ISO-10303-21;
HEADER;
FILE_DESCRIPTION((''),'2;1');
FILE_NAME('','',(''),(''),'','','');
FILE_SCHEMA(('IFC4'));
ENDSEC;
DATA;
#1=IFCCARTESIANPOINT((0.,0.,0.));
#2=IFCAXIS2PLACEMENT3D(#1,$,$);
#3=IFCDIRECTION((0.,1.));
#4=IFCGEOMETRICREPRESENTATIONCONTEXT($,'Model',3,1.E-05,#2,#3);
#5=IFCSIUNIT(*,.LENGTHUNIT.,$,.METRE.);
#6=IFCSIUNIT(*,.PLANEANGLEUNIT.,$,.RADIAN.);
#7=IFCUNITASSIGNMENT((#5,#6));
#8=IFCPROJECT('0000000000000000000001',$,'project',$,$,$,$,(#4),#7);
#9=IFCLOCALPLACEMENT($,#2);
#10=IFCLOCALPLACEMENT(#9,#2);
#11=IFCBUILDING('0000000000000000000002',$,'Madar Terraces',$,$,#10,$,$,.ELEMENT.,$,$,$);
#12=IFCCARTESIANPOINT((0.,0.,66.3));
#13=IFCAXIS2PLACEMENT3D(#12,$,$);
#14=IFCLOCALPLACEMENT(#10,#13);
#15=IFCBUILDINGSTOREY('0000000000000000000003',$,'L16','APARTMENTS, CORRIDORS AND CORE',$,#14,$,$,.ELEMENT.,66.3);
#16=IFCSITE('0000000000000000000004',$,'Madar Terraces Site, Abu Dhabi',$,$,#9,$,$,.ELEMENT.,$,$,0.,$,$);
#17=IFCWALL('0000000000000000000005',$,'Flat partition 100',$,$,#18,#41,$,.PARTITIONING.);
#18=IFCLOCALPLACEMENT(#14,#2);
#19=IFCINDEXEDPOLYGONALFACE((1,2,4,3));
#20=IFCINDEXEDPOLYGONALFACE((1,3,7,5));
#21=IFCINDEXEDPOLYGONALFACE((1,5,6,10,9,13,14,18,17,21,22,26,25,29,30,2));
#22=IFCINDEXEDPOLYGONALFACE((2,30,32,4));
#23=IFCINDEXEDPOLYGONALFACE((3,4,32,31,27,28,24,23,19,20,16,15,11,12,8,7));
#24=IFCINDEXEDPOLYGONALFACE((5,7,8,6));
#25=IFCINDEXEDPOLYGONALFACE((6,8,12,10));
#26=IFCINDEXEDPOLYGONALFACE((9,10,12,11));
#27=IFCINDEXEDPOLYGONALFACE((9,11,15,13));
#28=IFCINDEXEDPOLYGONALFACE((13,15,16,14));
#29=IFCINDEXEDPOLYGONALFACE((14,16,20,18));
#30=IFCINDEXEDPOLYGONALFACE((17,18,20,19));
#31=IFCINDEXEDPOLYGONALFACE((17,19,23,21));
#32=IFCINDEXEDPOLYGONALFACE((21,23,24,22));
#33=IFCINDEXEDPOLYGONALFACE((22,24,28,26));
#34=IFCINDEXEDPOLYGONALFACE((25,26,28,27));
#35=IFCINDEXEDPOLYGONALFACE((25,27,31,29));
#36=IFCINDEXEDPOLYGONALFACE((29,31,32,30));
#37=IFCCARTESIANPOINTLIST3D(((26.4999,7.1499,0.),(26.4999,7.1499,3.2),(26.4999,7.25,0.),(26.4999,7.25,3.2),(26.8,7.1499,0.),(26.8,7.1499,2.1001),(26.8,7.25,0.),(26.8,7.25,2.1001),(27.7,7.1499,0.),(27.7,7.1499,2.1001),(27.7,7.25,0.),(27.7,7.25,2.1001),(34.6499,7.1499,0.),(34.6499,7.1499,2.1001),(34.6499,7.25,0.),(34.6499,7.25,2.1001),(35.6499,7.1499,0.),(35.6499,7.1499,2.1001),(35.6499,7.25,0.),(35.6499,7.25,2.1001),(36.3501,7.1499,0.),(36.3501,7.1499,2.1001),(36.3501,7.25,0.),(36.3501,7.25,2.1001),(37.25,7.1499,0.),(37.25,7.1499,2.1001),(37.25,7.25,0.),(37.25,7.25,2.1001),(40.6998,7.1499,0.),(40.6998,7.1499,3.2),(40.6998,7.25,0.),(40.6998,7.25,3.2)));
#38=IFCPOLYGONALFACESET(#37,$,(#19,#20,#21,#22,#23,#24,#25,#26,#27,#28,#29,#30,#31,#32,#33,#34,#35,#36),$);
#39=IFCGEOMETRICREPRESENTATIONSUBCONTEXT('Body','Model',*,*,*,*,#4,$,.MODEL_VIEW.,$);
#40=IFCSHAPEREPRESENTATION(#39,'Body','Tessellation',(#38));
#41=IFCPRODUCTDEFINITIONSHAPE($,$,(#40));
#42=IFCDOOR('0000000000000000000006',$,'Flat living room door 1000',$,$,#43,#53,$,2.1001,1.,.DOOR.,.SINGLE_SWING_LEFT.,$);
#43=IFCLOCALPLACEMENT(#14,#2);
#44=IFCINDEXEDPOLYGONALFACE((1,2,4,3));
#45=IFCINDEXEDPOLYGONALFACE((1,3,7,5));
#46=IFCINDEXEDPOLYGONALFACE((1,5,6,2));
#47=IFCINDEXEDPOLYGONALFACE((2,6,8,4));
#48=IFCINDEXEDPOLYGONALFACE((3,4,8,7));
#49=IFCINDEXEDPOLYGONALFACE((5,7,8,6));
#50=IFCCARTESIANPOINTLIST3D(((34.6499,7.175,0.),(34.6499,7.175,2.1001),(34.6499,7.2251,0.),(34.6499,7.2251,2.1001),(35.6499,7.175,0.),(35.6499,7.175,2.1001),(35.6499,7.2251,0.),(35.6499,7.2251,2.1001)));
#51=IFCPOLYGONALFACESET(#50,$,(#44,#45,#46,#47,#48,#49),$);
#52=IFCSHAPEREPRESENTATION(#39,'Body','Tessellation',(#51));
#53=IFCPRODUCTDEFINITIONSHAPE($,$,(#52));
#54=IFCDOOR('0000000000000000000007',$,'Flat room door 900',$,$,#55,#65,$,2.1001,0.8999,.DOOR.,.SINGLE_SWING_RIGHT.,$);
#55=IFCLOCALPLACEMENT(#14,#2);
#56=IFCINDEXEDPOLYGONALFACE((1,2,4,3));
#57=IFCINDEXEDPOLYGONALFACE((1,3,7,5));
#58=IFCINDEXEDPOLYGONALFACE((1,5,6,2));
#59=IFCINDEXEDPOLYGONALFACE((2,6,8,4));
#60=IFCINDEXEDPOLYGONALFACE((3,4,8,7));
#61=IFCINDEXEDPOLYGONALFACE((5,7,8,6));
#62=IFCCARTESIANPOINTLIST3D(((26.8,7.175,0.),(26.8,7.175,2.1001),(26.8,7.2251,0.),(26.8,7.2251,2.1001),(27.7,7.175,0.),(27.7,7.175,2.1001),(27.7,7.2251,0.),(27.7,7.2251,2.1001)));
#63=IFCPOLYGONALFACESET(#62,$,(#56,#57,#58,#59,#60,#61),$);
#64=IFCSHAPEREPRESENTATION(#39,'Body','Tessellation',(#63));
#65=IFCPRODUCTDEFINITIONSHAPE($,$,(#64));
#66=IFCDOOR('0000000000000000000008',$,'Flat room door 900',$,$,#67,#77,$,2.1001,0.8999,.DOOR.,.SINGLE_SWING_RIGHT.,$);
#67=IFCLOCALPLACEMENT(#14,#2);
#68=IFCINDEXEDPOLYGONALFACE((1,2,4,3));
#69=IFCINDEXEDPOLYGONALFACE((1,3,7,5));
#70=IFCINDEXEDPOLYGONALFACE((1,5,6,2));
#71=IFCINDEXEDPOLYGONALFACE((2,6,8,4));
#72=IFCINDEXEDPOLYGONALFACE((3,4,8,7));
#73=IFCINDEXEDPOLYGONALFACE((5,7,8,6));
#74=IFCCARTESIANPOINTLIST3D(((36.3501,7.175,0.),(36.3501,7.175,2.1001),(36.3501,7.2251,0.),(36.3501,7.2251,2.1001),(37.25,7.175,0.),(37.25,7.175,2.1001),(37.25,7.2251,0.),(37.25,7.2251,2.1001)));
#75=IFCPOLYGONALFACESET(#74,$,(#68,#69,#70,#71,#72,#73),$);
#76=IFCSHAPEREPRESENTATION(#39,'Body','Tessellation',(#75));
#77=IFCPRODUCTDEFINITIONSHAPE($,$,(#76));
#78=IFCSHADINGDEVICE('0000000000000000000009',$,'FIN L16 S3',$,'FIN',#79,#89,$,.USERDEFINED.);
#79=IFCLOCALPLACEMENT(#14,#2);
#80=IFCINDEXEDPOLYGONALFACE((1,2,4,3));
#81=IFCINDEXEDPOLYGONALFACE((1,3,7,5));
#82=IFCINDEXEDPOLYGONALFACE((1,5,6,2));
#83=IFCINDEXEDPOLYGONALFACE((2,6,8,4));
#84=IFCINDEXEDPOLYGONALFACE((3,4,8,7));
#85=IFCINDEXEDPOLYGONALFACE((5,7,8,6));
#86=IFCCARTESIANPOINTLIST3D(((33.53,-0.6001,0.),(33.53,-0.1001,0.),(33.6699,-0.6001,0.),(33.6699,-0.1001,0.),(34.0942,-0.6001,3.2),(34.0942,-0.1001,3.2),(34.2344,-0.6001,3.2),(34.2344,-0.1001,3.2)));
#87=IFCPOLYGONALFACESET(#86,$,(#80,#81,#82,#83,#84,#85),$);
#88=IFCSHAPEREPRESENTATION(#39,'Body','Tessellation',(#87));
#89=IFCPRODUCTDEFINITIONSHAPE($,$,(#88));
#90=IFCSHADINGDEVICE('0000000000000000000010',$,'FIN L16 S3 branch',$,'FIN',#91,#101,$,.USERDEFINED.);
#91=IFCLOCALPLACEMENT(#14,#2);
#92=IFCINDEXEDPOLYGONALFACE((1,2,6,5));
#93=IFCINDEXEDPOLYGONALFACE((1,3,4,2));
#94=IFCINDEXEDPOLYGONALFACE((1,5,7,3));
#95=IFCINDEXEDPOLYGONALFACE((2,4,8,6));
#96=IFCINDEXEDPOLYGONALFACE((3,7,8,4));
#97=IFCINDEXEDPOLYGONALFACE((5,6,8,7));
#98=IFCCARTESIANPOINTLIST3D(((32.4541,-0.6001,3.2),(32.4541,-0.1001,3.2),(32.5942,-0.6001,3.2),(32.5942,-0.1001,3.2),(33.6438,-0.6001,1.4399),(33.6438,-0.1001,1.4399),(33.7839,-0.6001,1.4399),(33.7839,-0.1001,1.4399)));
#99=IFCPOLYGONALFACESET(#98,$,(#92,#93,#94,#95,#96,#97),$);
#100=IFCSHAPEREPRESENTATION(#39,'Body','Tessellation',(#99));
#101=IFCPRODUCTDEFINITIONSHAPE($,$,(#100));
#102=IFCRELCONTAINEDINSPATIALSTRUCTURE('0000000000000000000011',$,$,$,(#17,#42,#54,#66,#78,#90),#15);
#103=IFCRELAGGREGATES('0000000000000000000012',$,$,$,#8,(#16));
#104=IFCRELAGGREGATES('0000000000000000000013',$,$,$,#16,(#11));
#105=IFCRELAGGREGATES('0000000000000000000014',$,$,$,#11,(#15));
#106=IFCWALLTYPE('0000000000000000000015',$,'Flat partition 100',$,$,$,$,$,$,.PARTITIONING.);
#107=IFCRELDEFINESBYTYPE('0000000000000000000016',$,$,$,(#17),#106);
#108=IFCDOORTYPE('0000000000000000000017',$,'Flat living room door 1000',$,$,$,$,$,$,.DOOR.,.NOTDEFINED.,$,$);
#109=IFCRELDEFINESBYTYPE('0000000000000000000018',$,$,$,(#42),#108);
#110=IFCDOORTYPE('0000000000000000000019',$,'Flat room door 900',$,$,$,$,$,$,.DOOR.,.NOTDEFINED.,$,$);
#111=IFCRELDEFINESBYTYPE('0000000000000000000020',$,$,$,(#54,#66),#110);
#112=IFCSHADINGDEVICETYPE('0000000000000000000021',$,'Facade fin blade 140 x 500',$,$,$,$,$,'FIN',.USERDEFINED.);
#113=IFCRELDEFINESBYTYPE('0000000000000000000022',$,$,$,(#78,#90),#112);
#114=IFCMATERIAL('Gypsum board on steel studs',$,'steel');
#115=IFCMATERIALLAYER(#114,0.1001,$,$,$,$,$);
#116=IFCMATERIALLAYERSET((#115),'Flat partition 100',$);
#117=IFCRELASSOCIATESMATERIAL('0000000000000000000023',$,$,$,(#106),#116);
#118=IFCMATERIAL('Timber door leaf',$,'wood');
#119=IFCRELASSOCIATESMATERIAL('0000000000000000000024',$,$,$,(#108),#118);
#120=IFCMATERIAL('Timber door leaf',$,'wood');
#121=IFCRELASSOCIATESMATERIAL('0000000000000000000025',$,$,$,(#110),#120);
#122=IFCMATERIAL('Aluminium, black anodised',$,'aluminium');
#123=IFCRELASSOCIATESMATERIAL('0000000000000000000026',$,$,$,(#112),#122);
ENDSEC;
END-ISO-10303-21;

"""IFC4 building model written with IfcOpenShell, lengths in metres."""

from ifc_helpers import new_model, si_unit, direction, frame, frame_2d, origin, place, context, subcontext, project, spatial, polyline, rectangle, outline, extrude, material, layer, layer_set, type_object, element, fill, save


model = new_model("IFC4")

# Units and contexts
model_context = context("Model", 3, precision=1e-05, world=origin(), true_north=direction((0.0, 1.0)))
body_context = subcontext(model_context, "Body", "Model", "MODEL_VIEW")
ifc_project = project(units=[si_unit("LENGTHUNIT", "METRE"), si_unit("PLANEANGLEUNIT", "RADIAN")], contexts=[model_context])

# Site, building, storey
site_placement = place(None, origin())
site = spatial("IfcSite", under=ifc_project, at=site_placement, Name="Madar Terraces Site, Abu Dhabi", CompositionType="ELEMENT", RefElevation=0.0)
building_placement = place(site_placement, origin())
building = spatial("IfcBuilding", under=site, at=building_placement, Name="Madar Terraces", CompositionType="ELEMENT")
storey_placement = place(building_placement, frame((0.0, 0.0, 66.3)))
storey = spatial("IfcBuildingStorey", under=building, at=storey_placement, Name="L16", Description="APARTMENTS, CORRIDORS AND CORE", CompositionType="ELEMENT", Elevation=66.3)

# Shared definitions
ifc_material_1 = material(Name="Gypsum board on steel studs", Category="steel")
ifc_layer_1 = layer(ifc_material_1, 0.1001)
ifc_layer_set_1 = layer_set([ifc_layer_1], Name="Flat partition 100")
wall_type_1 = type_object("IfcWallType", Name="Flat partition 100", PredefinedType="PARTITIONING", material=ifc_layer_set_1)

# Wall, openings, doors
wall_1_placement = place(storey_placement, frame((40.7, 7.2, 0.0), z_axis=(0.0, 0.0, 1.0), x_axis=(-1.0, 0.0, 0.0)))
wall_1 = element("IfcWall", 1, at=wall_1_placement, inside=storey, type_object=wall_type_1, Name="Flat partition 100", PredefinedType="PARTITIONING", context=body_context, shape_type="SweptSolid", body=[
    extrude(rectangle(XDim=14.2, YDim=0.1001, at=frame_2d((7.1001, 0.0))), origin(), (0.0, 0.0, 1.0), 3.2),
])
opening_1_placement = place(wall_1_placement, frame((13.0, 0.0, 0.0)))
opening_1 = element("IfcOpeningElement", 2, at=opening_1_placement, cuts=wall_1, PredefinedType="OPENING", context=body_context, shape_type="SweptSolid", body=[
    extrude(rectangle(XDim=0.8999, YDim=2.1001, at=frame_2d((0.45, 1.05))), frame((0.0, 0.0601, 0.0), z_axis=(0.0, -1.0, 0.0), x_axis=(1.0, 0.0, 0.0)), (0.0, 0.0, 1.0), 0.1201),
])
opening_2_placement = place(wall_1_placement, frame((5.05, 0.0, 0.0)))
opening_2 = element("IfcOpeningElement", 3, at=opening_2_placement, cuts=wall_1, PredefinedType="OPENING", context=body_context, shape_type="SweptSolid", body=[
    extrude(rectangle(XDim=1.0, YDim=2.1001, at=frame_2d((0.5, 1.05))), frame((0.0, 0.0601, 0.0), z_axis=(0.0, -1.0, 0.0), x_axis=(1.0, 0.0, 0.0)), (0.0, 0.0, 1.0), 0.1201),
])
opening_3_placement = place(wall_1_placement, frame((3.45, 0.0, 0.0)))
opening_3 = element("IfcOpeningElement", 4, at=opening_3_placement, cuts=wall_1, PredefinedType="OPENING", context=body_context, shape_type="SweptSolid", body=[
    extrude(rectangle(XDim=0.8999, YDim=2.1001, at=frame_2d((0.45, 1.05))), frame((0.0, 0.0601, 0.0), z_axis=(0.0, -1.0, 0.0), x_axis=(1.0, 0.0, 0.0)), (0.0, 0.0, 1.0), 0.1201),
])
ifc_material_2 = material(Name="Timber door leaf", Category="wood")
door_type_1 = type_object("IfcDoorType", Name="Flat living room door 1000", OperationType="NOTDEFINED", PredefinedType="DOOR", material=ifc_material_2)
door_1_placement = place(opening_2_placement, origin())
door_1 = element("IfcDoor", 5, at=door_1_placement, inside=storey, type_object=door_type_1, Name="Flat living room door 1000", OperationType="SINGLE_SWING_LEFT", OverallHeight=2.1001, OverallWidth=1.0, PredefinedType="DOOR", context=body_context, shape_type="SweptSolid", body=[
    extrude(rectangle(XDim=1.0, YDim=2.1001, at=frame_2d((0.5, 1.05))), frame((0.0, 0.0249, 0.0), z_axis=(0.0, -1.0, 0.0), x_axis=(1.0, 0.0, 0.0)), (0.0, 0.0, 1.0), 0.05),
])
fill(opening_2, door_1)
ifc_material_3 = material(Name="Timber door leaf", Category="wood")
door_type_2 = type_object("IfcDoorType", Name="Flat room door 900", OperationType="NOTDEFINED", PredefinedType="DOOR", material=ifc_material_3)
door_2_placement = place(opening_1_placement, origin())
door_2 = element("IfcDoor", 6, at=door_2_placement, inside=storey, type_object=door_type_2, Name="Flat room door 900", OperationType="SINGLE_SWING_RIGHT", OverallHeight=2.1001, OverallWidth=0.8999, PredefinedType="DOOR", context=body_context, shape_type="SweptSolid", body=[
    extrude(rectangle(XDim=0.8999, YDim=2.1001, at=frame_2d((0.45, 1.05))), frame((0.0, 0.0249, 0.0), z_axis=(0.0, -1.0, 0.0), x_axis=(1.0, 0.0, 0.0)), (0.0, 0.0, 1.0), 0.05),
])
fill(opening_1, door_2)
door_3_placement = place(opening_3_placement, origin())
door_3 = element("IfcDoor", 7, at=door_3_placement, inside=storey, type_object=door_type_2, Name="Flat room door 900", OperationType="SINGLE_SWING_RIGHT", OverallHeight=2.1001, OverallWidth=0.8999, PredefinedType="DOOR", context=body_context, shape_type="SweptSolid", body=[
    extrude(rectangle(XDim=0.8999, YDim=2.1001, at=frame_2d((0.45, 1.05))), frame((0.0, 0.0249, 0.0), z_axis=(0.0, -1.0, 0.0), x_axis=(1.0, 0.0, 0.0)), (0.0, 0.0, 1.0), 0.05),
])
fill(opening_3, door_3)

# Shading devices
ifc_material_4 = material(Name="Aluminium, black anodised", Category="aluminium")
shading_device_type = type_object("IfcShadingDeviceType", Name="Facade fin blade 140 x 500", ElementType="FIN", PredefinedType="USERDEFINED", material=ifc_material_4)
shading_device_1_placement = place(storey_placement, frame((33.53, -0.3501, 0.0), z_axis=(0.0, 0.0, 1.0), x_axis=(1.0, 0.0, 0.0)))
element("IfcShadingDevice", 8, at=shading_device_1_placement, inside=storey, type_object=shading_device_type, Name="FIN L16 S3", ObjectType="FIN", PredefinedType="USERDEFINED", context=body_context, shape_type="SweptSolid", body=[
    extrude(outline(polyline([(0.0, 0.0), (0.1399, 0.0), (0.7043, 3.2), (0.5642, 3.2), (0.0, 0.0)])), frame((0.0, 0.25, 0.0), z_axis=(0.0, -1.0, 0.0), x_axis=(1.0, 0.0, 0.0)), (0.0, 0.0, 1.0), 0.5),
])
shading_device_2_placement = place(storey_placement, frame((33.6438, -0.3501, 1.4399), z_axis=(0.0, 0.0, 1.0), x_axis=(1.0, 0.0, 0.0)))
element("IfcShadingDevice", 9, at=shading_device_2_placement, inside=storey, type_object=shading_device_type, Name="FIN L16 S3 branch", ObjectType="FIN", PredefinedType="USERDEFINED", context=body_context, shape_type="SweptSolid", body=[
    extrude(outline(polyline([(0.0, 0.0), (0.1401, 0.0), (-1.0496, 1.76), (-1.1897, 1.76), (0.0, 0.0)])), frame((0.0, 0.25, 0.0), z_axis=(0.0, -1.0, 0.0), x_axis=(1.0, 0.0, 0.0)), (0.0, 0.0, 1.0), 0.5),
])

save(model, "model.ifc")
